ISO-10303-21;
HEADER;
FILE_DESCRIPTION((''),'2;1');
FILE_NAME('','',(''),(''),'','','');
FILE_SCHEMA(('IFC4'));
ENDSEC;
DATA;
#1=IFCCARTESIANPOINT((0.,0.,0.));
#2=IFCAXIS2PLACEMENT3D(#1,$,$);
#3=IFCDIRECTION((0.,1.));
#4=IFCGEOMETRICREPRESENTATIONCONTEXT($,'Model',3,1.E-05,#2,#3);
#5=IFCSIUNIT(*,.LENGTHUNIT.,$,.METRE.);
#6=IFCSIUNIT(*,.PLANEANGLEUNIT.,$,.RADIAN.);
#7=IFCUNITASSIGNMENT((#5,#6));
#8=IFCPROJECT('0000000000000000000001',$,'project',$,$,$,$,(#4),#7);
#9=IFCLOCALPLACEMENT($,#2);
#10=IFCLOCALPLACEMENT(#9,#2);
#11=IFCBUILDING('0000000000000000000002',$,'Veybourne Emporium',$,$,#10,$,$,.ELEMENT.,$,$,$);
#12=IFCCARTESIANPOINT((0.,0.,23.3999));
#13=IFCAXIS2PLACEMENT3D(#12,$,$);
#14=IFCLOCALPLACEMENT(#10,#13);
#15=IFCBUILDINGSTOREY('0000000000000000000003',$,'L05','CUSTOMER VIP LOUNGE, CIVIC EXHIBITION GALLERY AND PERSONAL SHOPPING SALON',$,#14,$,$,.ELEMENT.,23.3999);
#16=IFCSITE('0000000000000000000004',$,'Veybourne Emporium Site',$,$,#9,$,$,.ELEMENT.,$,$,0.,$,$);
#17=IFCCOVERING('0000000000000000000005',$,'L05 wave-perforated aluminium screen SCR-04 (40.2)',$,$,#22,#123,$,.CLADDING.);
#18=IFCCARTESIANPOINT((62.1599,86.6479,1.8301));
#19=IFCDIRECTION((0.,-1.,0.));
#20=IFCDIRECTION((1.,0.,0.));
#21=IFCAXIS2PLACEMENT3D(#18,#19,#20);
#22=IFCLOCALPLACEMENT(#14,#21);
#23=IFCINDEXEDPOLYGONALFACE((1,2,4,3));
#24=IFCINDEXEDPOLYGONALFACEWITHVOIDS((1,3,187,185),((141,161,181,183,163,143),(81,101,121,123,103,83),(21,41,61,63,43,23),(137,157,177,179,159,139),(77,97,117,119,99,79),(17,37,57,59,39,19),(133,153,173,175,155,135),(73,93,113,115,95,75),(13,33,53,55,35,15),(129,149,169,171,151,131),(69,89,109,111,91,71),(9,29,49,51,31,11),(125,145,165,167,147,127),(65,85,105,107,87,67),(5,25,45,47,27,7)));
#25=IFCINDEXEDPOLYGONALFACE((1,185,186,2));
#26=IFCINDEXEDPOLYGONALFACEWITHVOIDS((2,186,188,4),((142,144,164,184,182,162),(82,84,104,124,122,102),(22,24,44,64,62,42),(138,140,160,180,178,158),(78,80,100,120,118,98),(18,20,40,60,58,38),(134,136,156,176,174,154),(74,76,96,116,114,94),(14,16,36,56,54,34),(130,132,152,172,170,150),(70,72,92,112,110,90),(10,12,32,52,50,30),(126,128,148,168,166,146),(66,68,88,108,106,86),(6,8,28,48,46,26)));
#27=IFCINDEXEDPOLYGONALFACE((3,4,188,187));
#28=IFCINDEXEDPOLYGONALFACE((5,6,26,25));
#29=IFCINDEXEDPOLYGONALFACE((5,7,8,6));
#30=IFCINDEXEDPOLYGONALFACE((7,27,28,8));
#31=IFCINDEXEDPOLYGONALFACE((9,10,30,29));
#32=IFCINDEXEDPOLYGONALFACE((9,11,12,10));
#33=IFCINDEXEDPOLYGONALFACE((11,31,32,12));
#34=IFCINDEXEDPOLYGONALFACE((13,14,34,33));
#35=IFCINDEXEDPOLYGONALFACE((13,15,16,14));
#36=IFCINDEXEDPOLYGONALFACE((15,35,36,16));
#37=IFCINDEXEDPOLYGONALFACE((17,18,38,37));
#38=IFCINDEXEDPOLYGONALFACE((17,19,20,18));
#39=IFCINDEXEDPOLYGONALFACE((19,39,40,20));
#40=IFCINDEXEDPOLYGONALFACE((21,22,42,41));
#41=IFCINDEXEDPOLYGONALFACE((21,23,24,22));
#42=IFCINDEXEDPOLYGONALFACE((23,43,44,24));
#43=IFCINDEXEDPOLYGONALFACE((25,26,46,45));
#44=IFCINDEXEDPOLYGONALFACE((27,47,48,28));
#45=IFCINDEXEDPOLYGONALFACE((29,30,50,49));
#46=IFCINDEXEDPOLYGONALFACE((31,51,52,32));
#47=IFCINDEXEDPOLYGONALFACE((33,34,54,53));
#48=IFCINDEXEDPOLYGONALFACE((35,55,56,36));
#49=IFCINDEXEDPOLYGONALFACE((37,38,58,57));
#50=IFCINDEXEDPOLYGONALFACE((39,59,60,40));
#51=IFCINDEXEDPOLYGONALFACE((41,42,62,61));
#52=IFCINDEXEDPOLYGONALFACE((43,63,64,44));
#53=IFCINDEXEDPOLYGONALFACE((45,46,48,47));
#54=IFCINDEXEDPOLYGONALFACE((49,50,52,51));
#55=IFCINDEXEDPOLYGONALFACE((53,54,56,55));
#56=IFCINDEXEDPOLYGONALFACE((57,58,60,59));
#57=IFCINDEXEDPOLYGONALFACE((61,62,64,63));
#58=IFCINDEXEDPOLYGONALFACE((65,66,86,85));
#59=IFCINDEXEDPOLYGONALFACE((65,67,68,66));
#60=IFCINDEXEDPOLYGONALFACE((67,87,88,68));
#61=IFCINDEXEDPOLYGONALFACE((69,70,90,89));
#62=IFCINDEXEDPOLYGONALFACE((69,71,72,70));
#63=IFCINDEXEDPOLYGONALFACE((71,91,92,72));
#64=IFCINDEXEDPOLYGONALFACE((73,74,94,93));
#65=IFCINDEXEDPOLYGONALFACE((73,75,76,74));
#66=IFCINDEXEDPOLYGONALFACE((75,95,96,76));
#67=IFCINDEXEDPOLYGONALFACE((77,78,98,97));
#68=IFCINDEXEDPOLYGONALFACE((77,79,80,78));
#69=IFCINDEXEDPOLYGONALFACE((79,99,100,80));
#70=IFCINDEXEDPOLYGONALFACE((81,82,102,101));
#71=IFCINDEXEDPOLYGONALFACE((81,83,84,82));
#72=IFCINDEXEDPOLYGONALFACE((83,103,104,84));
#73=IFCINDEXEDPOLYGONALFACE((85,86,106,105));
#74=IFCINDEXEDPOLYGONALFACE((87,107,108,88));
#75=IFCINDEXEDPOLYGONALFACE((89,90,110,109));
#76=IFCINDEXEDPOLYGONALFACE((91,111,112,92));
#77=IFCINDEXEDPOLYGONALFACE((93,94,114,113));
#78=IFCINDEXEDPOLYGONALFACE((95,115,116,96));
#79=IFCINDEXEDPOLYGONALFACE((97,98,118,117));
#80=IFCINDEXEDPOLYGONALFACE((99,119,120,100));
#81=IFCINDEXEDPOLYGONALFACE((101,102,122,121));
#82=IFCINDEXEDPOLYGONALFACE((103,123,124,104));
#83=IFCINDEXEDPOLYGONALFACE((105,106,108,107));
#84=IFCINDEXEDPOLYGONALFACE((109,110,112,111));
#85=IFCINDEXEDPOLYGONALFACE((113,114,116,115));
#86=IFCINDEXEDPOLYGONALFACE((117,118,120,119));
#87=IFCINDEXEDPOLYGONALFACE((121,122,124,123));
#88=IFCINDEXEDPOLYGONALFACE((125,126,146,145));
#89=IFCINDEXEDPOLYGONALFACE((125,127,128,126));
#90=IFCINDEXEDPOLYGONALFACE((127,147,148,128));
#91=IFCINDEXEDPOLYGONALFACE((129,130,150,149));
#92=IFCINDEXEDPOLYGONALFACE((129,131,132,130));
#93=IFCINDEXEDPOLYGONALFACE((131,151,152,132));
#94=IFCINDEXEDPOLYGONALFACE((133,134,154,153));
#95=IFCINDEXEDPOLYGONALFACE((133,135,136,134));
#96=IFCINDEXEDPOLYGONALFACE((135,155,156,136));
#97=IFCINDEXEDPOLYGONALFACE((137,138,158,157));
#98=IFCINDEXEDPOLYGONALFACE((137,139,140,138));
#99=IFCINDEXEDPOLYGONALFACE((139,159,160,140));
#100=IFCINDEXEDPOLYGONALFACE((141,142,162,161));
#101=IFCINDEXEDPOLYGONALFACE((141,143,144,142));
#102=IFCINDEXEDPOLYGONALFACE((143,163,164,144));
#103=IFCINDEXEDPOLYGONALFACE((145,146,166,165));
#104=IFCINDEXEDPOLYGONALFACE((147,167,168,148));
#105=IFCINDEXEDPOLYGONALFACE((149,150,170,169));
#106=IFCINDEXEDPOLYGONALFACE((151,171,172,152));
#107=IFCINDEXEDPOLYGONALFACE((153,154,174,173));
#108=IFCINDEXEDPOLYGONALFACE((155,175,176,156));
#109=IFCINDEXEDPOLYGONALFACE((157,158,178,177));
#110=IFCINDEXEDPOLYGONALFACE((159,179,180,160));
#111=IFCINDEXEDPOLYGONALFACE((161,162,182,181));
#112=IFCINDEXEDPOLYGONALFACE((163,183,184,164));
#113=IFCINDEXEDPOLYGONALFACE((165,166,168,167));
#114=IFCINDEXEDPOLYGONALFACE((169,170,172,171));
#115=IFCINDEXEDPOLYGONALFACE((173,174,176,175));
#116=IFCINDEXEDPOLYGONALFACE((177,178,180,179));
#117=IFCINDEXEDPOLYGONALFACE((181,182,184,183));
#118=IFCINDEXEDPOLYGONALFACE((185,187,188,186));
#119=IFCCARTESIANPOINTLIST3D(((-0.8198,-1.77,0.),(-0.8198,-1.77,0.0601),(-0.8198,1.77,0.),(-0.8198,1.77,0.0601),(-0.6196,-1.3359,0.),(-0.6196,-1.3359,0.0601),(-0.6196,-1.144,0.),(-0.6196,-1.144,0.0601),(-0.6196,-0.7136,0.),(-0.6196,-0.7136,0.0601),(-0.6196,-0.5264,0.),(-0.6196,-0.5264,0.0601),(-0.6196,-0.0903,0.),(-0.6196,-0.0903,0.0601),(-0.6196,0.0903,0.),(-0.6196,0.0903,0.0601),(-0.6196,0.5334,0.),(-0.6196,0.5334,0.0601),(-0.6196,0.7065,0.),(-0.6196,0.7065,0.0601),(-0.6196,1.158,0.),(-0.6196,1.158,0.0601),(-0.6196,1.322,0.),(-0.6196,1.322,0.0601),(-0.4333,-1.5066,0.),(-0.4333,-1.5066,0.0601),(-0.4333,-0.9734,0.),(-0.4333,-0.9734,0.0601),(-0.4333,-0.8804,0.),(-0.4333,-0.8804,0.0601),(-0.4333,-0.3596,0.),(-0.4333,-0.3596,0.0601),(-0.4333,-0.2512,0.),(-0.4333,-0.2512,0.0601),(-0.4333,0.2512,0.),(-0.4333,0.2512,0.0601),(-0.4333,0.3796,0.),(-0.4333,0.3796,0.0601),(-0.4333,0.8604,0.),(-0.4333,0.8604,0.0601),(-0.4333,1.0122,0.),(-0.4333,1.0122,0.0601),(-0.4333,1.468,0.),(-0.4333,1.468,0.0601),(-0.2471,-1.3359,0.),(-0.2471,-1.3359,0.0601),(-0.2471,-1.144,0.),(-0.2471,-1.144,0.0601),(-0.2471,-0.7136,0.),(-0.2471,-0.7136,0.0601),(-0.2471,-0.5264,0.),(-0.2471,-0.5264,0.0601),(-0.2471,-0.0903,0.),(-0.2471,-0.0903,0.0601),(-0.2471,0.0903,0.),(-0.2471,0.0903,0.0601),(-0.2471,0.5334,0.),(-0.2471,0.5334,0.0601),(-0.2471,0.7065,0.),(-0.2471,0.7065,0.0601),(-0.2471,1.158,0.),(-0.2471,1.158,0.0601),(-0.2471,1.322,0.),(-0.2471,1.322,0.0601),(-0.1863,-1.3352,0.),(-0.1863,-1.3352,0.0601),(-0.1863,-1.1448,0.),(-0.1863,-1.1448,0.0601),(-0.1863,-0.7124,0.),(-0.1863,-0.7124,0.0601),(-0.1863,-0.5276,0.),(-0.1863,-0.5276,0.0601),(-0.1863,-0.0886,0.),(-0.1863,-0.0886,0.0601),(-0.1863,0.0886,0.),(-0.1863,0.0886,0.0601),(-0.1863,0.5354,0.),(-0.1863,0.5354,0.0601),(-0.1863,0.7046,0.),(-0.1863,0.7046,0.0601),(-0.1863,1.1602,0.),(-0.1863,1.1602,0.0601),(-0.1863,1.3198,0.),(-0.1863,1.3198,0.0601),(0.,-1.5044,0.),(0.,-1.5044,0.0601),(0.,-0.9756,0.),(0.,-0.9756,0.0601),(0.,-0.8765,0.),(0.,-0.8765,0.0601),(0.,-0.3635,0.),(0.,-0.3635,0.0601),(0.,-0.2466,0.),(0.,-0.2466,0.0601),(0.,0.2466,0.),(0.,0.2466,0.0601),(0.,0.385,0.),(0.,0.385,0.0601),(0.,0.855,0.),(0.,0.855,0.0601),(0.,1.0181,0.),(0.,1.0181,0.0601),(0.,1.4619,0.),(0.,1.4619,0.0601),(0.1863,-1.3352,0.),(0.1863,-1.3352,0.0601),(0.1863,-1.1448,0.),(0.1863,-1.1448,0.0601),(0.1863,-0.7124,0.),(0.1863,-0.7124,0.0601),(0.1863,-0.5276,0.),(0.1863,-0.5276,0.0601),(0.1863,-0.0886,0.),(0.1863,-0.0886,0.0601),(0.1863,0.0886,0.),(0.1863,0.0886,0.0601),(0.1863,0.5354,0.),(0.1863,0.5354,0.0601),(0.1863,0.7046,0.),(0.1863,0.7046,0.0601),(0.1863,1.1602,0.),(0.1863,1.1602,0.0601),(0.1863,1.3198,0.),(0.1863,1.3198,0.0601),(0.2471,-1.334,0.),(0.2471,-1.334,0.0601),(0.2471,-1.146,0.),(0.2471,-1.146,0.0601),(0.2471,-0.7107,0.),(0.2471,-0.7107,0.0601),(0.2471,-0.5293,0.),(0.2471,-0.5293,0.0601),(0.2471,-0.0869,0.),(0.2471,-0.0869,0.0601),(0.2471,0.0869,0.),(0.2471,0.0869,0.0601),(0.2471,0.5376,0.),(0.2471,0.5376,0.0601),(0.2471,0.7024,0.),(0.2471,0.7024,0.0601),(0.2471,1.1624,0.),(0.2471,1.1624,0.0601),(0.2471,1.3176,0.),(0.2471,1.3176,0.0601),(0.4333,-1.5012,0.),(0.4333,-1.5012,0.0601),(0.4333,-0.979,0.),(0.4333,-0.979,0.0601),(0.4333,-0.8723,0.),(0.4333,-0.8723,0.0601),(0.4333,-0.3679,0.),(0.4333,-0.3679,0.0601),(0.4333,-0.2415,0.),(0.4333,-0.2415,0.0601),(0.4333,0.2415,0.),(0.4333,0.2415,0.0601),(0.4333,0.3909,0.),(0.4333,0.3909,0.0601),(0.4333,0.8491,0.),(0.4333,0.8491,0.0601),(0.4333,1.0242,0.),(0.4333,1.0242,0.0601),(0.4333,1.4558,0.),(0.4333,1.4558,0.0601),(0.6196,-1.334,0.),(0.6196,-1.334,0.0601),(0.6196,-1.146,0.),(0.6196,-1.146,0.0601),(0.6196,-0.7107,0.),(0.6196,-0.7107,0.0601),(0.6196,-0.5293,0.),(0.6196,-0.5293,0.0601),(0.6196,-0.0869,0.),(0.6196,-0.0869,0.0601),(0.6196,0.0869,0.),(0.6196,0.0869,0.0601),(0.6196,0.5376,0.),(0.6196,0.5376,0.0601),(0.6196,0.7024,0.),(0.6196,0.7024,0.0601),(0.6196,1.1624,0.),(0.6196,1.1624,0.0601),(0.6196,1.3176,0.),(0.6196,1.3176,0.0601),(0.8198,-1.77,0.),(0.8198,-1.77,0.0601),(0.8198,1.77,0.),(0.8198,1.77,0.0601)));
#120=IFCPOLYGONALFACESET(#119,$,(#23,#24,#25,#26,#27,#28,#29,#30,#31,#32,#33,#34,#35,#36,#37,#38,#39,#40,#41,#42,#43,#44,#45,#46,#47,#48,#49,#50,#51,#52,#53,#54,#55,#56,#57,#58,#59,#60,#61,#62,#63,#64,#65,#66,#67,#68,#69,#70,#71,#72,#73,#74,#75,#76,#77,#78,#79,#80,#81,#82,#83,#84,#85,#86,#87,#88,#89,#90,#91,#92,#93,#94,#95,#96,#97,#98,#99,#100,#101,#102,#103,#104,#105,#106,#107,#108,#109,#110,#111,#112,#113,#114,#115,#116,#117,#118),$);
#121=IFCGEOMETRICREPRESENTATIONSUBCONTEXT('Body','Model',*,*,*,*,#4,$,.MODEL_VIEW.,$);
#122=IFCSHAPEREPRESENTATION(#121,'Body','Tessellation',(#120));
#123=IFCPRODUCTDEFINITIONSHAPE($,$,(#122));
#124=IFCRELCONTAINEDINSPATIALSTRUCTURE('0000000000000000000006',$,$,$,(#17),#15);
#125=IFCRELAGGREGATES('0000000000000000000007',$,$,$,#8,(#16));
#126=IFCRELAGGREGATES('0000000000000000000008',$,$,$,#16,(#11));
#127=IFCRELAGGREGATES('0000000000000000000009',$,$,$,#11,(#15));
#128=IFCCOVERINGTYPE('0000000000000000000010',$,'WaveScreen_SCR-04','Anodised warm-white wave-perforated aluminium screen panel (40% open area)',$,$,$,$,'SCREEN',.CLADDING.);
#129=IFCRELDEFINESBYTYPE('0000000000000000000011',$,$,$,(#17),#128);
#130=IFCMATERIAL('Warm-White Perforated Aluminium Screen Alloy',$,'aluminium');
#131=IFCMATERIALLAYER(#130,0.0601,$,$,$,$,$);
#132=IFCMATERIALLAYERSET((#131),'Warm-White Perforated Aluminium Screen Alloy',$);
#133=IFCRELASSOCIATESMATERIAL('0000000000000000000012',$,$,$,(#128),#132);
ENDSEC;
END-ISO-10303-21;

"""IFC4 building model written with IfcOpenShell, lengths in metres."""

from ifc_helpers import new_model, si_unit, direction, frame, origin, place, context, subcontext, project, spatial, polyline, outline, extrude, material, layer, layer_set, type_object, element, save


model = new_model("IFC4")

# Units and contexts
model_context = context("Model", 3, precision=1e-05, world=origin(), true_north=direction((0.0, 1.0)))
body_context = subcontext(model_context, "Body", "Model", "MODEL_VIEW")
ifc_project = project(units=[si_unit("LENGTHUNIT", "METRE"), si_unit("PLANEANGLEUNIT", "RADIAN")], contexts=[model_context])

# Site, building, storey
site_placement = place(None, origin())
site = spatial("IfcSite", under=ifc_project, at=site_placement, Name="Veybourne Emporium Site", CompositionType="ELEMENT", RefElevation=0.0)
building_placement = place(site_placement, origin())
building = spatial("IfcBuilding", under=site, at=building_placement, Name="Veybourne Emporium", CompositionType="ELEMENT")
storey_placement = place(building_placement, frame((0.0, 0.0, 23.3999)))
storey = spatial("IfcBuildingStorey", under=building, at=storey_placement, Name="L05", Description="CUSTOMER VIP LOUNGE, CIVIC EXHIBITION GALLERY AND PERSONAL SHOPPING SALON", CompositionType="ELEMENT", Elevation=23.3999)

# Covering
ifc_material_1 = material(Name="Warm-White Perforated Aluminium Screen Alloy", Category="aluminium")
ifc_layer_1 = layer(ifc_material_1, 0.0601)
ifc_layer_set_1 = layer_set([ifc_layer_1], Name="Warm-White Perforated Aluminium Screen Alloy")
covering_type_1 = type_object("IfcCoveringType", Name="WaveScreen_SCR-04", Description="Anodised warm-white wave-perforated aluminium screen panel (40% open area)", ElementType="SCREEN", PredefinedType="CLADDING", material=ifc_layer_set_1)
covering_1_placement = place(storey_placement, frame((62.1599, 86.6479, 1.8301), z_axis=(0.0, -1.0, 0.0), x_axis=(1.0, 0.0, 0.0)))
element("IfcCovering", 1, at=covering_1_placement, inside=storey, type_object=covering_type_1, Name="L05 wave-perforated aluminium screen SCR-04 (40.2)", PredefinedType="CLADDING", context=body_context, shape_type="SweptSolid", body=[
    extrude(outline(polyline([(-0.8198, -1.77), (0.8198, -1.77), (0.8198, 1.77), (-0.8198, 1.77), (-0.8198, -1.77)]), holes=[polyline([(-0.4333, -0.9734), (-0.2471, -1.144), (-0.2471, -1.3359), (-0.4333, -1.5066), (-0.6196, -1.3359), (-0.6196, -1.144), (-0.4333, -0.9734)]), polyline([(-0.4333, -0.3596), (-0.2471, -0.5264), (-0.2471, -0.7136), (-0.4333, -0.8804), (-0.6196, -0.7136), (-0.6196, -0.5264), (-0.4333, -0.3596)]), polyline([(-0.4333, 0.2512), (-0.2471, 0.0903), (-0.2471, -0.0903), (-0.4333, -0.2512), (-0.6196, -0.0903), (-0.6196, 0.0903), (-0.4333, 0.2512)]), polyline([(-0.4333, 0.8604), (-0.2471, 0.7065), (-0.2471, 0.5334), (-0.4333, 0.3796), (-0.6196, 0.5334), (-0.6196, 0.7065), (-0.4333, 0.8604)]), polyline([(-0.4333, 1.468), (-0.2471, 1.322), (-0.2471, 1.158), (-0.4333, 1.0122), (-0.6196, 1.158), (-0.6196, 1.322), (-0.4333, 1.468)]), polyline([(0.0, -0.9756), (0.1863, -1.1448), (0.1863, -1.3352), (0.0, -1.5044), (-0.1863, -1.3352), (-0.1863, -1.1448), (0.0, -0.9756)]), polyline([(0.0, -0.3635), (0.1863, -0.5276), (0.1863, -0.7124), (0.0, -0.8765), (-0.1863, -0.7124), (-0.1863, -0.5276), (0.0, -0.3635)]), polyline([(0.0, 0.2466), (0.1863, 0.0886), (0.1863, -0.0886), (0.0, -0.2466), (-0.1863, -0.0886), (-0.1863, 0.0886), (0.0, 0.2466)]), polyline([(0.0, 0.855), (0.1863, 0.7046), (0.1863, 0.5354), (0.0, 0.385), (-0.1863, 0.5354), (-0.1863, 0.7046), (0.0, 0.855)]), polyline([(0.0, 1.4619), (0.1863, 1.3198), (0.1863, 1.1602), (0.0, 1.0181), (-0.1863, 1.1602), (-0.1863, 1.3198), (0.0, 1.4619)]), polyline([(0.4333, -0.979), (0.6196, -1.146), (0.6196, -1.334), (0.4333, -1.5012), (0.2471, -1.334), (0.2471, -1.146), (0.4333, -0.979)]), polyline([(0.4333, -0.3679), (0.6196, -0.5293), (0.6196, -0.7107), (0.4333, -0.8723), (0.2471, -0.7107), (0.2471, -0.5293), (0.4333, -0.3679)]), polyline([(0.4333, 0.2415), (0.6196, 0.0869), (0.6196, -0.0869), (0.4333, -0.2415), (0.2471, -0.0869), (0.2471, 0.0869), (0.4333, 0.2415)]), polyline([(0.4333, 0.8491), (0.6196, 0.7024), (0.6196, 0.5376), (0.4333, 0.3909), (0.2471, 0.5376), (0.2471, 0.7024), (0.4333, 0.8491)]), polyline([(0.4333, 1.4558), (0.6196, 1.3176), (0.6196, 1.1624), (0.4333, 1.0242), (0.2471, 1.1624), (0.2471, 1.3176), (0.4333, 1.4558)])]), origin(), (0.0, 0.0, 1.0), 0.0601),
])

save(model, "model.ifc")
